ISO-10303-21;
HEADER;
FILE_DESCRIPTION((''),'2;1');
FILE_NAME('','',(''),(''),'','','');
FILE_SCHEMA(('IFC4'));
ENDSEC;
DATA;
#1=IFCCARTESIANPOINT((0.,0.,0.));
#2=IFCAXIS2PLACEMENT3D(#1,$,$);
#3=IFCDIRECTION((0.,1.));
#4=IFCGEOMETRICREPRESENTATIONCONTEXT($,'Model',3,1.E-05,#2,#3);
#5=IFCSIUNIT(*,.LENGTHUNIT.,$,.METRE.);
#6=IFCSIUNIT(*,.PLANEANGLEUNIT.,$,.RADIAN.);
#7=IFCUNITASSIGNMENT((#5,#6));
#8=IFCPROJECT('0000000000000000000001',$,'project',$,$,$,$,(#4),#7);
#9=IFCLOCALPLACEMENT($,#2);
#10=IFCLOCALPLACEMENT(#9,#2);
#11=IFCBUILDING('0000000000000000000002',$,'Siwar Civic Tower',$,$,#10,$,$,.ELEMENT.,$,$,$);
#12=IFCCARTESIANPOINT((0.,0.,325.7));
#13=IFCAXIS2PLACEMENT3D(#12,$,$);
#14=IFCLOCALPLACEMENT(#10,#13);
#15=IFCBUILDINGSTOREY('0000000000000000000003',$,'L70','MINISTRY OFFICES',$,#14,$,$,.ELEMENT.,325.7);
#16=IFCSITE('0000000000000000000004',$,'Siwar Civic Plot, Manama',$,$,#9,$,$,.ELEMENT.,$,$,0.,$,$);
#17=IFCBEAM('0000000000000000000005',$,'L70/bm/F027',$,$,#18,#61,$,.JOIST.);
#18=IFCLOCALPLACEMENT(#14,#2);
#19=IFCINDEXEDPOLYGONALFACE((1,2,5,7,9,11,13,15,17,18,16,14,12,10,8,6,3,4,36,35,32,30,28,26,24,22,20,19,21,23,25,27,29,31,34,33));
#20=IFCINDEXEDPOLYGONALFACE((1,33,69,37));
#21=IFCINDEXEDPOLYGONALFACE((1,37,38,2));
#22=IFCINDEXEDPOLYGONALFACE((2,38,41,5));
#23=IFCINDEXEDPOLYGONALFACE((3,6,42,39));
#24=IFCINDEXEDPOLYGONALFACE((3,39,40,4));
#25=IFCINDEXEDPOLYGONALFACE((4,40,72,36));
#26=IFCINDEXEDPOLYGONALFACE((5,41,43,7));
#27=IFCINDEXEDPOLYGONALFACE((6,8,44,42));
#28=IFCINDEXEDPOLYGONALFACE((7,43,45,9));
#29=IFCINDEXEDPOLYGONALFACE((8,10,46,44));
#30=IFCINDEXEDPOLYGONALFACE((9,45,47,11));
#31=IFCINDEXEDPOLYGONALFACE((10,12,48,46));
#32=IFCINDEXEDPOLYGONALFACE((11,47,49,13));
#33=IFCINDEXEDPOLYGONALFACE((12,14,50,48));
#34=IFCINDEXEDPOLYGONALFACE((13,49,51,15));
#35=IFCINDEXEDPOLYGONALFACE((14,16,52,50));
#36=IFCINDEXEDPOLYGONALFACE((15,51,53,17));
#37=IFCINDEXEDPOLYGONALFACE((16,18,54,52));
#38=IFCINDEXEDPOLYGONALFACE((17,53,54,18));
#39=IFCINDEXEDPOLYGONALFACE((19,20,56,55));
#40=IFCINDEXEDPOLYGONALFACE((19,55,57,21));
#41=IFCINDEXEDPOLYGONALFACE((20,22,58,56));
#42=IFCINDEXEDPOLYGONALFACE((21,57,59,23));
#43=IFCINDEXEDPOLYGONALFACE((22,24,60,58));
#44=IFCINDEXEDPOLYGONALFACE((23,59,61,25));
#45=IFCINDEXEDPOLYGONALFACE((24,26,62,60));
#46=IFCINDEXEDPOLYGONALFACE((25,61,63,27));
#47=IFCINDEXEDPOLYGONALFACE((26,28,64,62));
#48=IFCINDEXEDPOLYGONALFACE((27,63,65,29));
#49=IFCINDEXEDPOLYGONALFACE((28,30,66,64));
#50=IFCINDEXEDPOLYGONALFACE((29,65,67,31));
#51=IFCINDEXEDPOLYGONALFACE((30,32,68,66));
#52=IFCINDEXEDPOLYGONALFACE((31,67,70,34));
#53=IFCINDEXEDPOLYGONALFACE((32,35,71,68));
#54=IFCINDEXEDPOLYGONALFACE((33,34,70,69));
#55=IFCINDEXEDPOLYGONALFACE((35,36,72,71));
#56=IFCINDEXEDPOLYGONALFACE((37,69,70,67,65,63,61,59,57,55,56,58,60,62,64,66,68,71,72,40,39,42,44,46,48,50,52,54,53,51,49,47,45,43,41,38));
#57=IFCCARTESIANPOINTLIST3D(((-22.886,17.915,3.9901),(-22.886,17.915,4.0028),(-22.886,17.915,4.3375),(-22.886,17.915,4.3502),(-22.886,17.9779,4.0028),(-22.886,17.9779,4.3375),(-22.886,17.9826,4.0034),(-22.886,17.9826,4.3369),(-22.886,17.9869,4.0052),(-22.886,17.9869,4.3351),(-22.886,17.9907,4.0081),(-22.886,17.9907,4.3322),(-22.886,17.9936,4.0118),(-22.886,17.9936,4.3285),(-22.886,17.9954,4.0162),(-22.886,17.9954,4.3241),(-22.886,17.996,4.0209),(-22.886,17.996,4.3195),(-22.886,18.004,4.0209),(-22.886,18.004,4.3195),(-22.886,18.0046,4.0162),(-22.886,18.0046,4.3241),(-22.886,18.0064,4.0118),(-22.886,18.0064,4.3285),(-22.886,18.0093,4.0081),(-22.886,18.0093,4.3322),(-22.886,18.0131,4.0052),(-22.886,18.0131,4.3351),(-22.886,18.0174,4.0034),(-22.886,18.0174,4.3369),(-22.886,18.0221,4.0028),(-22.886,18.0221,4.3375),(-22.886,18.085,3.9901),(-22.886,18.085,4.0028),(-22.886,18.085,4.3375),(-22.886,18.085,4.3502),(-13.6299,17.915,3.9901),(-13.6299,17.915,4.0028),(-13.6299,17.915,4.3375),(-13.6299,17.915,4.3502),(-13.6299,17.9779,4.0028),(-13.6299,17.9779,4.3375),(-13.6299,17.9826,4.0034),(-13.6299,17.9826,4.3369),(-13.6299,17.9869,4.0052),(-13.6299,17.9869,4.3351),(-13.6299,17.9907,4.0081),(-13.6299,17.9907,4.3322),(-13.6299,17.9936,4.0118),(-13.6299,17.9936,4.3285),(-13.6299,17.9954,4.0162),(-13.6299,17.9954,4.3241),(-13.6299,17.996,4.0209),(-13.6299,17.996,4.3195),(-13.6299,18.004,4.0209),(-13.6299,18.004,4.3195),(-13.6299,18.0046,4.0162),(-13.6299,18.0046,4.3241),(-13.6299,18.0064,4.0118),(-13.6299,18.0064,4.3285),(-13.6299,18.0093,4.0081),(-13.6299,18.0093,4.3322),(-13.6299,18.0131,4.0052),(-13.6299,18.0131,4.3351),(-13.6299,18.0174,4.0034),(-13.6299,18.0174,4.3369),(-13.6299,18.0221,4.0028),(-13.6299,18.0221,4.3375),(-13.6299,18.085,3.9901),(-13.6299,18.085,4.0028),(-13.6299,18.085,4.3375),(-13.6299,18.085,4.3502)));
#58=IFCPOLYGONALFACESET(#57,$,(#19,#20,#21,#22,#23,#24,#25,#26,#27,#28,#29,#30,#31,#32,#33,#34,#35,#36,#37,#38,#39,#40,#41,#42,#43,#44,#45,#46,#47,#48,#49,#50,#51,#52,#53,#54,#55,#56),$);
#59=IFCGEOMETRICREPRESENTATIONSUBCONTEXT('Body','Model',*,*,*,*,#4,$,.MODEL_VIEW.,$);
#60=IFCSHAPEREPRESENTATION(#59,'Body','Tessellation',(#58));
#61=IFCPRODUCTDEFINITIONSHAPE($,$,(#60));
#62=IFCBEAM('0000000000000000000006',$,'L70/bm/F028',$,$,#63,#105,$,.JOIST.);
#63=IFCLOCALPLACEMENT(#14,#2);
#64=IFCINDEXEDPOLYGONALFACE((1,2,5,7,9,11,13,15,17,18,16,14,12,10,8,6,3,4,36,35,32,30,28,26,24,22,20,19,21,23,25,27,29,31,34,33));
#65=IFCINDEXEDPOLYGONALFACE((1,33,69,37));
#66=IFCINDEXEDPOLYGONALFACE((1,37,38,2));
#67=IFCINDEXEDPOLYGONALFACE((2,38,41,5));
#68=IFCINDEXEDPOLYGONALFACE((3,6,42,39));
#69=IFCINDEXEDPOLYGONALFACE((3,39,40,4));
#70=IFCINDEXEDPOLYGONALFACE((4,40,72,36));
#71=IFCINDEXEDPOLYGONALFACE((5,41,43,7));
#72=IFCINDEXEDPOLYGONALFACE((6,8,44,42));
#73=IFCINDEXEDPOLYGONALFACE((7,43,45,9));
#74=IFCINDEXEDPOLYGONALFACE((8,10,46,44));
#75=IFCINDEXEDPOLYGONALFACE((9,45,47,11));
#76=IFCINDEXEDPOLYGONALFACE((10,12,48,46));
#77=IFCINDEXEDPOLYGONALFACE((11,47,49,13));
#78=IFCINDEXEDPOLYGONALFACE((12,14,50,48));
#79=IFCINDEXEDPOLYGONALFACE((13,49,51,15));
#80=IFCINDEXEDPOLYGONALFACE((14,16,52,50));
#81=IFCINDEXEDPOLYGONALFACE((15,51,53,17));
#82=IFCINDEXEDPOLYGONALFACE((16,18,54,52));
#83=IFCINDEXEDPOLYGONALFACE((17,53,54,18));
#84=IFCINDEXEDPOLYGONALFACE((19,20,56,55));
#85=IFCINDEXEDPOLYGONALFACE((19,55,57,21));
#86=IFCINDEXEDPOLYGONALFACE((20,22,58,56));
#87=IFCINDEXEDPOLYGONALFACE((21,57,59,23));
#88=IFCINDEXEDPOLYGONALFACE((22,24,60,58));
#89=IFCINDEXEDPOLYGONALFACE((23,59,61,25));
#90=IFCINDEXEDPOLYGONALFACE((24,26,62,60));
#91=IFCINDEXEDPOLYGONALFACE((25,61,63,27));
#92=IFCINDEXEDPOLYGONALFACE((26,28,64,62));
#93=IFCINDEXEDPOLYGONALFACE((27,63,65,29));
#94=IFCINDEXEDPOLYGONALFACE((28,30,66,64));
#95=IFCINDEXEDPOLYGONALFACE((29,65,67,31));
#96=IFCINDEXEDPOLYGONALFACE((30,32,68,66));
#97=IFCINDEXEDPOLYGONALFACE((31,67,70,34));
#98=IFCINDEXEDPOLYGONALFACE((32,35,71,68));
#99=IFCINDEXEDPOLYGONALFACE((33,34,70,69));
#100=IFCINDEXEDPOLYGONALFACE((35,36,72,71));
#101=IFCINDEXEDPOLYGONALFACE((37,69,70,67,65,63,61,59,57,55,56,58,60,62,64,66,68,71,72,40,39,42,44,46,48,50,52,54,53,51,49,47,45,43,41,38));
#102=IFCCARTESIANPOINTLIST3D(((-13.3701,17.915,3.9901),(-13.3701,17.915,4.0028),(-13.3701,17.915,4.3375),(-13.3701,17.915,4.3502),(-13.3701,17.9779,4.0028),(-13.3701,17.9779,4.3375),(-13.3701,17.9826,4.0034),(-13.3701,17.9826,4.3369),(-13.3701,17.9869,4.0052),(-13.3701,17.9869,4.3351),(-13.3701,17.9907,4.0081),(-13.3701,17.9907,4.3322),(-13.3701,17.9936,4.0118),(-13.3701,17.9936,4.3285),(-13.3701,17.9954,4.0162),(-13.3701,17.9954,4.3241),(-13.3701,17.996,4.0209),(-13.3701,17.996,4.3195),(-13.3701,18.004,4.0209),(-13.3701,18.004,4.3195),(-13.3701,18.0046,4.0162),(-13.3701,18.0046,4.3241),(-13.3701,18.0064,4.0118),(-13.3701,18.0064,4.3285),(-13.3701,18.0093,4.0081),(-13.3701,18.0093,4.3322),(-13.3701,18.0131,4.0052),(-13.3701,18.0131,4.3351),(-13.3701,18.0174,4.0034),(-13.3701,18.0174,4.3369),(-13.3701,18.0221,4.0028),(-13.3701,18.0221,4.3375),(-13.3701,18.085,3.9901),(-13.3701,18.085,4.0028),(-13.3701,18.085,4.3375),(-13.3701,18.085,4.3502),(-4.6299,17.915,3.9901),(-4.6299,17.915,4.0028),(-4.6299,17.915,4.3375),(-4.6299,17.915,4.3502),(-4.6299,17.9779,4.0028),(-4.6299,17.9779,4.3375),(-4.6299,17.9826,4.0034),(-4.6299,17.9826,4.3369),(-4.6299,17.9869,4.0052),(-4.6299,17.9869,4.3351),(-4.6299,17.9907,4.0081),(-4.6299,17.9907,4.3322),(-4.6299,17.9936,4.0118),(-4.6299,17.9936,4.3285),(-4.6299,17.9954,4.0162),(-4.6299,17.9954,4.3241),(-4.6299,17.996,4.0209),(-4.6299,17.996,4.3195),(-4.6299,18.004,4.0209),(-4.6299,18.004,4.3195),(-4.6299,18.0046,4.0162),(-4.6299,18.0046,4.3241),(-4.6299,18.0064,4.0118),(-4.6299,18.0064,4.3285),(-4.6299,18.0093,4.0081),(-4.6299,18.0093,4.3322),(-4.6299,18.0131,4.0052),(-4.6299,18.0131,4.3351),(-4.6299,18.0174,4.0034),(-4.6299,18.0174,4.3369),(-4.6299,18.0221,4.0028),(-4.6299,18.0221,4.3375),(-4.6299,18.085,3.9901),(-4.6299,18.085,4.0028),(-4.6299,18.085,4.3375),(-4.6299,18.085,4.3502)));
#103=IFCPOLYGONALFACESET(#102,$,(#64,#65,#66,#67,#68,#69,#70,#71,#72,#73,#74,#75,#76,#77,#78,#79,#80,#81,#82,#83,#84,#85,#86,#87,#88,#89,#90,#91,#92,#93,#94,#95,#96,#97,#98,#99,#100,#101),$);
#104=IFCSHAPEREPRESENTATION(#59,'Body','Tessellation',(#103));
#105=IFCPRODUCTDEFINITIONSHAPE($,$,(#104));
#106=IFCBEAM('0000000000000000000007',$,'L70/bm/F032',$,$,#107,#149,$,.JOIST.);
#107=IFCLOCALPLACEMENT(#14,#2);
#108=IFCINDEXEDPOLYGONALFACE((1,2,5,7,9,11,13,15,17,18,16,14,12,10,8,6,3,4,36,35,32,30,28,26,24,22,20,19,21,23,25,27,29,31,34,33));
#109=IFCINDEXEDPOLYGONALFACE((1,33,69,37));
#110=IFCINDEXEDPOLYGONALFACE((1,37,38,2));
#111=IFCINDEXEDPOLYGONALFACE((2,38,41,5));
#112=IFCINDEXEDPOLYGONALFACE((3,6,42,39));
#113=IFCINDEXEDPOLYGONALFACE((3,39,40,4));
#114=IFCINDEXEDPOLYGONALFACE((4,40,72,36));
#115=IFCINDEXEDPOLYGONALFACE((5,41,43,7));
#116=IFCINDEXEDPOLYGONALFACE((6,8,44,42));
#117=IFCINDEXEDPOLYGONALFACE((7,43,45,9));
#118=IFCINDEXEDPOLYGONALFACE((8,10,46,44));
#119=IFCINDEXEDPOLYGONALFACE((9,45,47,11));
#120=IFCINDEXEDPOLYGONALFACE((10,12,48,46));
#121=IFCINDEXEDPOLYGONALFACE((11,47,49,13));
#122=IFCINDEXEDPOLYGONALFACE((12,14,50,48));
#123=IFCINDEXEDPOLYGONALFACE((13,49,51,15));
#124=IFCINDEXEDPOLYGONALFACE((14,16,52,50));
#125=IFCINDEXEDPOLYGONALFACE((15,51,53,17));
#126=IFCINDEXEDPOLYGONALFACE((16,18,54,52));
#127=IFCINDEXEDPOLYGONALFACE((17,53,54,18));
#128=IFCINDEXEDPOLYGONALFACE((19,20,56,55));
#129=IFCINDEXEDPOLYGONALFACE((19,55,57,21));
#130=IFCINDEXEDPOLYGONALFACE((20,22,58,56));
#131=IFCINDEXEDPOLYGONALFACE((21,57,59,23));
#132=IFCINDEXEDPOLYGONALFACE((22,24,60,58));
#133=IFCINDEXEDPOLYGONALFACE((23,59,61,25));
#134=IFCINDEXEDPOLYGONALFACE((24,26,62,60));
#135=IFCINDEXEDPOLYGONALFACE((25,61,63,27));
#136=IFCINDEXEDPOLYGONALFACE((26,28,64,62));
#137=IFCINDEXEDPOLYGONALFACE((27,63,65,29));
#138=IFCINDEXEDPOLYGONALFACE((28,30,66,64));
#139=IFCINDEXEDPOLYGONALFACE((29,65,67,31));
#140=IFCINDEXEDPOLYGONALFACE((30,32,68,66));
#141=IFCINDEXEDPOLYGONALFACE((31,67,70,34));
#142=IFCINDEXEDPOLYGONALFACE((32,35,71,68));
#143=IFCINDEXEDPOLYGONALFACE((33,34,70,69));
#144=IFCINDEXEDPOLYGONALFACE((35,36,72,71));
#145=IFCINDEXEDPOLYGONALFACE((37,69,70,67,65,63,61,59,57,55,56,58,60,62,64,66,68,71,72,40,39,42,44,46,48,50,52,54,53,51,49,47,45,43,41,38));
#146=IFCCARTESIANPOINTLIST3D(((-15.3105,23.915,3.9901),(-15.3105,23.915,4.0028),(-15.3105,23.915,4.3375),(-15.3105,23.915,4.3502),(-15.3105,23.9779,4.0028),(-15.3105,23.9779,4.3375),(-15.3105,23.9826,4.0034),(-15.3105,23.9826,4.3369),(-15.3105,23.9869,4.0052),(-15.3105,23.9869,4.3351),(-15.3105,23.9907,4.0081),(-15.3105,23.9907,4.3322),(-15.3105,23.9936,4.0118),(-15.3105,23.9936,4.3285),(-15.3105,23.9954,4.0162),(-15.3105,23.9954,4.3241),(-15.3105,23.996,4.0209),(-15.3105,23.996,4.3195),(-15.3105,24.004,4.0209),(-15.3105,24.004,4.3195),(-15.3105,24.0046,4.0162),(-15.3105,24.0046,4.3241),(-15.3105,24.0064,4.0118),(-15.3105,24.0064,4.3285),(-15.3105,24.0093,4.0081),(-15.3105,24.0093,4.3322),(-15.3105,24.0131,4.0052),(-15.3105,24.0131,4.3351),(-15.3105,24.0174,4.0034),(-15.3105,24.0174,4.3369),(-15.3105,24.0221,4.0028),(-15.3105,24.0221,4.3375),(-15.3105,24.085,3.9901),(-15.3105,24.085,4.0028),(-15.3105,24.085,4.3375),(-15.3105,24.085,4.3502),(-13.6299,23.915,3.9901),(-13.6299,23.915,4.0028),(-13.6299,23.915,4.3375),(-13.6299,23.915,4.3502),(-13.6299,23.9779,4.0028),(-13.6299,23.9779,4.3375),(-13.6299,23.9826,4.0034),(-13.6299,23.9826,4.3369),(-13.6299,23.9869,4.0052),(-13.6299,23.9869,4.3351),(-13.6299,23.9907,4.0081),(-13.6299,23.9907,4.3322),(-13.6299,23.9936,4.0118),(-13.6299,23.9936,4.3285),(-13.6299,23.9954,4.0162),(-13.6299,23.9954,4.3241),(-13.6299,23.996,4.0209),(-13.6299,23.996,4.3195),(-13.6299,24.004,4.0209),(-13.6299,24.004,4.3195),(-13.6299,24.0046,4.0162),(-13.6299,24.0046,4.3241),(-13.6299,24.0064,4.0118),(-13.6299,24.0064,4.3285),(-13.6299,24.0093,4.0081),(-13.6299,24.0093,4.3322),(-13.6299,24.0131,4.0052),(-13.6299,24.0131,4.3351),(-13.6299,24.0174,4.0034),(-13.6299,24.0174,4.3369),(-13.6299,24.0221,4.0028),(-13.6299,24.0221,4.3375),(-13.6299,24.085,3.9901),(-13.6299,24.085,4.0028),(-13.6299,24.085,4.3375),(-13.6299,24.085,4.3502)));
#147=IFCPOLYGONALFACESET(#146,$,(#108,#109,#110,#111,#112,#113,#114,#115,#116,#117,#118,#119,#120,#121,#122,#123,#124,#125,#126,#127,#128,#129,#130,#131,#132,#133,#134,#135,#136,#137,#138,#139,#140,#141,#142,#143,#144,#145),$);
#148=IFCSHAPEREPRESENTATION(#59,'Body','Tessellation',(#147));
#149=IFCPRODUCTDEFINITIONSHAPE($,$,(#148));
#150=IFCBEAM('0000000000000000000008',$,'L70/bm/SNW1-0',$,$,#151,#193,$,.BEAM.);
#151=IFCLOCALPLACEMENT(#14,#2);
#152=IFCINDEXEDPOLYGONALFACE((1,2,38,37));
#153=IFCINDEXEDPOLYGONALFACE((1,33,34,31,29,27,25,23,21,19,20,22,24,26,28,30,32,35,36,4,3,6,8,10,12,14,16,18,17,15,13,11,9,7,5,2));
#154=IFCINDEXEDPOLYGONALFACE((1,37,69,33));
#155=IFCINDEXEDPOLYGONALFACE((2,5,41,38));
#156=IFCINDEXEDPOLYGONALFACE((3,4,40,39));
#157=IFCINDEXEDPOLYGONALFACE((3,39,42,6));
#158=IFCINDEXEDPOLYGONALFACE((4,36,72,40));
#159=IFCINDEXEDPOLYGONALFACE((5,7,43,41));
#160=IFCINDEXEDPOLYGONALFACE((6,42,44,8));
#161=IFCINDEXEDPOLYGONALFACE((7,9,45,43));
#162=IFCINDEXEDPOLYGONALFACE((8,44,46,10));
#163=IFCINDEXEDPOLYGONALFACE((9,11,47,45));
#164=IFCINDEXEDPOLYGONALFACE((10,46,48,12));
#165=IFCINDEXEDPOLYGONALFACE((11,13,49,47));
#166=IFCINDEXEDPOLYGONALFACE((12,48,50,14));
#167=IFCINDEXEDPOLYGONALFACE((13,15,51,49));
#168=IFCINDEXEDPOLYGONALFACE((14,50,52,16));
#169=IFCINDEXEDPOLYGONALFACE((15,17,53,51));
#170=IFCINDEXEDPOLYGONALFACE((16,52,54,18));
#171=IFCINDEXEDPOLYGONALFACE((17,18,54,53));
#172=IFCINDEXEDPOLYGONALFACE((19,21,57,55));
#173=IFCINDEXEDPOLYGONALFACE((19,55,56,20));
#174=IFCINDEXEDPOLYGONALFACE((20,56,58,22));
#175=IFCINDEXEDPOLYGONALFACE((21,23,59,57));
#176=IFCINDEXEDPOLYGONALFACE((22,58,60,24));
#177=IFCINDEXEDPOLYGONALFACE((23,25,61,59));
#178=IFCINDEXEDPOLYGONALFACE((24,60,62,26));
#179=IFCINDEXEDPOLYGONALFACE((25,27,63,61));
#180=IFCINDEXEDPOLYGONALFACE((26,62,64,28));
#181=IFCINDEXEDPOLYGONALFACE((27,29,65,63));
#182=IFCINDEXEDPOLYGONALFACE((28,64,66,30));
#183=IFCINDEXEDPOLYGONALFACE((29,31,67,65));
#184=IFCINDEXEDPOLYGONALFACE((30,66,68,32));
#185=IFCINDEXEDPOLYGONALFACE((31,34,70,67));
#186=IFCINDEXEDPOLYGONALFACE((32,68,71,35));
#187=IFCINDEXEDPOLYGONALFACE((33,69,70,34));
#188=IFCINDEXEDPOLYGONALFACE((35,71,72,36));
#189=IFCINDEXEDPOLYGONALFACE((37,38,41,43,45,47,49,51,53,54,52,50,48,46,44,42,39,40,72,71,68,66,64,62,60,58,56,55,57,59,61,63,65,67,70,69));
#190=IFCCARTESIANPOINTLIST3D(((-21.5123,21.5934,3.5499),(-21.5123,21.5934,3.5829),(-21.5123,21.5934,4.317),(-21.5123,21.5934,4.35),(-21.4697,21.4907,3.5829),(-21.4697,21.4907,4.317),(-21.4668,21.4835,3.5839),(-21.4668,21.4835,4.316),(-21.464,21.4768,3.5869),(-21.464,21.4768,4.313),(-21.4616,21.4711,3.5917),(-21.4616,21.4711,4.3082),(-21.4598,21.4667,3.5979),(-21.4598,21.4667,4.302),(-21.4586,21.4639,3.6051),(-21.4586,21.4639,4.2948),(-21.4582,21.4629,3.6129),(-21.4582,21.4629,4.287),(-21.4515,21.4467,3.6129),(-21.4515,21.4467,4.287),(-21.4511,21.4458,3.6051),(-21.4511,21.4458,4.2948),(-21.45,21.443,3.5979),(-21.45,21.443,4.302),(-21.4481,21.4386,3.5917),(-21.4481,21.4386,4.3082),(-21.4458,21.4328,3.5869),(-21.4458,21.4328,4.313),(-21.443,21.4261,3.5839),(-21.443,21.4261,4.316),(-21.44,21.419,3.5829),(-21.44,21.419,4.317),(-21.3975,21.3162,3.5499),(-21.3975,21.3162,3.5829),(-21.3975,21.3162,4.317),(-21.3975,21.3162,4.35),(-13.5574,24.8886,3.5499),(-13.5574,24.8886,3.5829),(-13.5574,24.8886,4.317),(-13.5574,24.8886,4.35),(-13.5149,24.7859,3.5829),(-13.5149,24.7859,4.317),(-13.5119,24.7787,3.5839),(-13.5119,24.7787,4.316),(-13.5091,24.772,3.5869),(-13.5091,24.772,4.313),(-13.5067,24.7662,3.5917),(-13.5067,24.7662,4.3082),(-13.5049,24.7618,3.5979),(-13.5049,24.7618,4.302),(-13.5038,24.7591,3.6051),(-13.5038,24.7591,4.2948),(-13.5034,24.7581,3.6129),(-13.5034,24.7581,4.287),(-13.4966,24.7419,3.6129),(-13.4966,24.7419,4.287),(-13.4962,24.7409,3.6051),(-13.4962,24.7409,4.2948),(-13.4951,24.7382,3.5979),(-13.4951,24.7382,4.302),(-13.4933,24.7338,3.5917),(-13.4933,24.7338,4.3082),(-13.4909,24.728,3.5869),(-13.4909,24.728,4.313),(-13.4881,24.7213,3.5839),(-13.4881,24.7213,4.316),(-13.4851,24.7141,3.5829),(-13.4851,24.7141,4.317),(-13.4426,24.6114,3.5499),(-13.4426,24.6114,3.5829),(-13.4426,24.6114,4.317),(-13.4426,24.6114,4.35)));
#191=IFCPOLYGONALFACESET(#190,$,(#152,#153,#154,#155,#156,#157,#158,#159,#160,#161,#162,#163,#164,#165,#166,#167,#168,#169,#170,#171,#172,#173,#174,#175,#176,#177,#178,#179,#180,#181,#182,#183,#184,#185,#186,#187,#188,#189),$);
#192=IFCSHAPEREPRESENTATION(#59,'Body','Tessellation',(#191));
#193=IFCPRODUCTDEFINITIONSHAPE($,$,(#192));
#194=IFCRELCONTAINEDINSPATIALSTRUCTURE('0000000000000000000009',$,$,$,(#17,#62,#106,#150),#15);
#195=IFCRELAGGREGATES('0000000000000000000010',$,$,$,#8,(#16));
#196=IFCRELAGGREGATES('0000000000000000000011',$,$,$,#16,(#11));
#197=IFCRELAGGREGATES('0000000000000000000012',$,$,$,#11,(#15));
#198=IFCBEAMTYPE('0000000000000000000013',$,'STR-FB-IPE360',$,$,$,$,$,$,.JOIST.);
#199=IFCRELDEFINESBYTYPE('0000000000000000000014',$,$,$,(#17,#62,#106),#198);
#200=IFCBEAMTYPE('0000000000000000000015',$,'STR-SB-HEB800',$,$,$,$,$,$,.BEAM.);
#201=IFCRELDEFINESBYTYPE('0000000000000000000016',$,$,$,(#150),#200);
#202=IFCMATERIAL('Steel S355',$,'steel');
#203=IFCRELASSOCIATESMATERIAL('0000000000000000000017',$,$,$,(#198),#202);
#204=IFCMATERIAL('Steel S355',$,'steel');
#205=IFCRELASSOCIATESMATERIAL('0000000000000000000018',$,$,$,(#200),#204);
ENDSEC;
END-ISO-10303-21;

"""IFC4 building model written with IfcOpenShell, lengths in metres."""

from ifc_helpers import new_model, si_unit, direction, frame, origin, origin_2d, place, context, subcontext, project, spatial, i_section, extrude, material, material_profile, profile_set, type_object, element, save


model = new_model("IFC4")

# Units and contexts
model_context = context("Model", 3, precision=1e-05, world=origin(), true_north=direction((0.0, 1.0)))
body_context = subcontext(model_context, "Body", "Model", "MODEL_VIEW")
ifc_project = project(units=[si_unit("LENGTHUNIT", "METRE"), si_unit("PLANEANGLEUNIT", "RADIAN")], contexts=[model_context])

# Site, building, storey
site_placement = place(None, origin())
site = spatial("IfcSite", under=ifc_project, at=site_placement, Name="Siwar Civic Plot, Manama", CompositionType="ELEMENT", RefElevation=0.0)
building_placement = place(site_placement, origin())
building = spatial("IfcBuilding", under=site, at=building_placement, Name="Siwar Civic Tower", CompositionType="ELEMENT")
storey_placement = place(building_placement, frame((0.0, 0.0, 325.7)))
storey = spatial("IfcBuildingStorey", under=building, at=storey_placement, Name="L70", Description="MINISTRY OFFICES", CompositionType="ELEMENT", Elevation=325.7)

# Beams
ifc_material_1 = material(Name="Steel S355", Category="steel")
ifc_material_profile_1 = material_profile(ifc_material_1, i_section(OverallWidth=0.1699, OverallDepth=0.3601, WebThickness=0.0081, FlangeThickness=0.0127, FilletRadius=0.0181, at=origin_2d()), Name="IPE360")
ifc_profile_set_1 = profile_set([ifc_material_profile_1], Name="Steel S355")
beam_type_1 = type_object("IfcBeamType", Name="STR-FB-IPE360", PredefinedType="JOIST", material=ifc_profile_set_1)
beam_1_placement = place(storey_placement, frame((-22.886, 18.0, 4.1702), z_axis=(1.0, 0.0, 0.0), x_axis=(0.0, 1.0, 0.0)))
element("IfcBeam", 1, at=beam_1_placement, inside=storey, type_object=beam_type_1, Name="L70/bm/F027", PredefinedType="JOIST", context=body_context, shape_type="SweptSolid", body=[
    extrude(i_section(OverallWidth=0.1699, OverallDepth=0.3601, WebThickness=0.0081, FlangeThickness=0.0127, FilletRadius=0.0181, at=origin_2d()), origin(), (0.0, 0.0, 1.0), 9.2561),
])
beam_2_placement = place(storey_placement, frame((-13.3701, 18.0, 4.1702), z_axis=(1.0, 0.0, 0.0), x_axis=(0.0, 1.0, 0.0)))
element("IfcBeam", 2, at=beam_2_placement, inside=storey, type_object=beam_type_1, Name="L70/bm/F028", PredefinedType="JOIST", context=body_context, shape_type="SweptSolid", body=[
    extrude(i_section(OverallWidth=0.1699, OverallDepth=0.3601, WebThickness=0.0081, FlangeThickness=0.0127, FilletRadius=0.0181, at=origin_2d()), origin(), (0.0, 0.0, 1.0), 8.7402),
])
beam_3_placement = place(storey_placement, frame((-15.3105, 24.0, 4.1702), z_axis=(1.0, 0.0, 0.0), x_axis=(0.0, 1.0, 0.0)))
element("IfcBeam", 3, at=beam_3_placement, inside=storey, type_object=beam_type_1, Name="L70/bm/F032", PredefinedType="JOIST", context=body_context, shape_type="SweptSolid", body=[
    extrude(i_section(OverallWidth=0.1699, OverallDepth=0.3601, WebThickness=0.0081, FlangeThickness=0.0127, FilletRadius=0.0181, at=origin_2d()), origin(), (0.0, 0.0, 1.0), 1.6807),
])
ifc_material_2 = material(Name="Steel S355", Category="steel")
ifc_material_profile_2 = material_profile(ifc_material_2, i_section(OverallWidth=0.3, OverallDepth=0.8, WebThickness=0.0176, FlangeThickness=0.033, FilletRadius=0.03, at=origin_2d()), Name="HEB800")
ifc_profile_set_2 = profile_set([ifc_material_profile_2], Name="Steel S355")
beam_type_2 = type_object("IfcBeamType", Name="STR-SB-HEB800", PredefinedType="BEAM", material=ifc_profile_set_2)
for number, where, z_axis, x_axis, name in (
    (4, (-13.5, 24.75, 3.95), (-0.923873, -0.3827, 0.0), (0.3827, -0.923873, 0.0), "L70/bm/SNW1-0"),
):
    element("IfcBeam", number, at=place(storey_placement, frame(where, z_axis=z_axis, x_axis=x_axis)), inside=storey, type_object=beam_type_2, Name=name, PredefinedType="BEAM", context=body_context, shape_type="SweptSolid", body=[
        extrude(i_section(OverallWidth=0.3, OverallDepth=0.8, WebThickness=0.0176, FlangeThickness=0.033, FilletRadius=0.03, at=origin_2d()), origin(), (0.0, 0.0, 1.0), 8.6104),
    ])

save(model, "model.ifc")
